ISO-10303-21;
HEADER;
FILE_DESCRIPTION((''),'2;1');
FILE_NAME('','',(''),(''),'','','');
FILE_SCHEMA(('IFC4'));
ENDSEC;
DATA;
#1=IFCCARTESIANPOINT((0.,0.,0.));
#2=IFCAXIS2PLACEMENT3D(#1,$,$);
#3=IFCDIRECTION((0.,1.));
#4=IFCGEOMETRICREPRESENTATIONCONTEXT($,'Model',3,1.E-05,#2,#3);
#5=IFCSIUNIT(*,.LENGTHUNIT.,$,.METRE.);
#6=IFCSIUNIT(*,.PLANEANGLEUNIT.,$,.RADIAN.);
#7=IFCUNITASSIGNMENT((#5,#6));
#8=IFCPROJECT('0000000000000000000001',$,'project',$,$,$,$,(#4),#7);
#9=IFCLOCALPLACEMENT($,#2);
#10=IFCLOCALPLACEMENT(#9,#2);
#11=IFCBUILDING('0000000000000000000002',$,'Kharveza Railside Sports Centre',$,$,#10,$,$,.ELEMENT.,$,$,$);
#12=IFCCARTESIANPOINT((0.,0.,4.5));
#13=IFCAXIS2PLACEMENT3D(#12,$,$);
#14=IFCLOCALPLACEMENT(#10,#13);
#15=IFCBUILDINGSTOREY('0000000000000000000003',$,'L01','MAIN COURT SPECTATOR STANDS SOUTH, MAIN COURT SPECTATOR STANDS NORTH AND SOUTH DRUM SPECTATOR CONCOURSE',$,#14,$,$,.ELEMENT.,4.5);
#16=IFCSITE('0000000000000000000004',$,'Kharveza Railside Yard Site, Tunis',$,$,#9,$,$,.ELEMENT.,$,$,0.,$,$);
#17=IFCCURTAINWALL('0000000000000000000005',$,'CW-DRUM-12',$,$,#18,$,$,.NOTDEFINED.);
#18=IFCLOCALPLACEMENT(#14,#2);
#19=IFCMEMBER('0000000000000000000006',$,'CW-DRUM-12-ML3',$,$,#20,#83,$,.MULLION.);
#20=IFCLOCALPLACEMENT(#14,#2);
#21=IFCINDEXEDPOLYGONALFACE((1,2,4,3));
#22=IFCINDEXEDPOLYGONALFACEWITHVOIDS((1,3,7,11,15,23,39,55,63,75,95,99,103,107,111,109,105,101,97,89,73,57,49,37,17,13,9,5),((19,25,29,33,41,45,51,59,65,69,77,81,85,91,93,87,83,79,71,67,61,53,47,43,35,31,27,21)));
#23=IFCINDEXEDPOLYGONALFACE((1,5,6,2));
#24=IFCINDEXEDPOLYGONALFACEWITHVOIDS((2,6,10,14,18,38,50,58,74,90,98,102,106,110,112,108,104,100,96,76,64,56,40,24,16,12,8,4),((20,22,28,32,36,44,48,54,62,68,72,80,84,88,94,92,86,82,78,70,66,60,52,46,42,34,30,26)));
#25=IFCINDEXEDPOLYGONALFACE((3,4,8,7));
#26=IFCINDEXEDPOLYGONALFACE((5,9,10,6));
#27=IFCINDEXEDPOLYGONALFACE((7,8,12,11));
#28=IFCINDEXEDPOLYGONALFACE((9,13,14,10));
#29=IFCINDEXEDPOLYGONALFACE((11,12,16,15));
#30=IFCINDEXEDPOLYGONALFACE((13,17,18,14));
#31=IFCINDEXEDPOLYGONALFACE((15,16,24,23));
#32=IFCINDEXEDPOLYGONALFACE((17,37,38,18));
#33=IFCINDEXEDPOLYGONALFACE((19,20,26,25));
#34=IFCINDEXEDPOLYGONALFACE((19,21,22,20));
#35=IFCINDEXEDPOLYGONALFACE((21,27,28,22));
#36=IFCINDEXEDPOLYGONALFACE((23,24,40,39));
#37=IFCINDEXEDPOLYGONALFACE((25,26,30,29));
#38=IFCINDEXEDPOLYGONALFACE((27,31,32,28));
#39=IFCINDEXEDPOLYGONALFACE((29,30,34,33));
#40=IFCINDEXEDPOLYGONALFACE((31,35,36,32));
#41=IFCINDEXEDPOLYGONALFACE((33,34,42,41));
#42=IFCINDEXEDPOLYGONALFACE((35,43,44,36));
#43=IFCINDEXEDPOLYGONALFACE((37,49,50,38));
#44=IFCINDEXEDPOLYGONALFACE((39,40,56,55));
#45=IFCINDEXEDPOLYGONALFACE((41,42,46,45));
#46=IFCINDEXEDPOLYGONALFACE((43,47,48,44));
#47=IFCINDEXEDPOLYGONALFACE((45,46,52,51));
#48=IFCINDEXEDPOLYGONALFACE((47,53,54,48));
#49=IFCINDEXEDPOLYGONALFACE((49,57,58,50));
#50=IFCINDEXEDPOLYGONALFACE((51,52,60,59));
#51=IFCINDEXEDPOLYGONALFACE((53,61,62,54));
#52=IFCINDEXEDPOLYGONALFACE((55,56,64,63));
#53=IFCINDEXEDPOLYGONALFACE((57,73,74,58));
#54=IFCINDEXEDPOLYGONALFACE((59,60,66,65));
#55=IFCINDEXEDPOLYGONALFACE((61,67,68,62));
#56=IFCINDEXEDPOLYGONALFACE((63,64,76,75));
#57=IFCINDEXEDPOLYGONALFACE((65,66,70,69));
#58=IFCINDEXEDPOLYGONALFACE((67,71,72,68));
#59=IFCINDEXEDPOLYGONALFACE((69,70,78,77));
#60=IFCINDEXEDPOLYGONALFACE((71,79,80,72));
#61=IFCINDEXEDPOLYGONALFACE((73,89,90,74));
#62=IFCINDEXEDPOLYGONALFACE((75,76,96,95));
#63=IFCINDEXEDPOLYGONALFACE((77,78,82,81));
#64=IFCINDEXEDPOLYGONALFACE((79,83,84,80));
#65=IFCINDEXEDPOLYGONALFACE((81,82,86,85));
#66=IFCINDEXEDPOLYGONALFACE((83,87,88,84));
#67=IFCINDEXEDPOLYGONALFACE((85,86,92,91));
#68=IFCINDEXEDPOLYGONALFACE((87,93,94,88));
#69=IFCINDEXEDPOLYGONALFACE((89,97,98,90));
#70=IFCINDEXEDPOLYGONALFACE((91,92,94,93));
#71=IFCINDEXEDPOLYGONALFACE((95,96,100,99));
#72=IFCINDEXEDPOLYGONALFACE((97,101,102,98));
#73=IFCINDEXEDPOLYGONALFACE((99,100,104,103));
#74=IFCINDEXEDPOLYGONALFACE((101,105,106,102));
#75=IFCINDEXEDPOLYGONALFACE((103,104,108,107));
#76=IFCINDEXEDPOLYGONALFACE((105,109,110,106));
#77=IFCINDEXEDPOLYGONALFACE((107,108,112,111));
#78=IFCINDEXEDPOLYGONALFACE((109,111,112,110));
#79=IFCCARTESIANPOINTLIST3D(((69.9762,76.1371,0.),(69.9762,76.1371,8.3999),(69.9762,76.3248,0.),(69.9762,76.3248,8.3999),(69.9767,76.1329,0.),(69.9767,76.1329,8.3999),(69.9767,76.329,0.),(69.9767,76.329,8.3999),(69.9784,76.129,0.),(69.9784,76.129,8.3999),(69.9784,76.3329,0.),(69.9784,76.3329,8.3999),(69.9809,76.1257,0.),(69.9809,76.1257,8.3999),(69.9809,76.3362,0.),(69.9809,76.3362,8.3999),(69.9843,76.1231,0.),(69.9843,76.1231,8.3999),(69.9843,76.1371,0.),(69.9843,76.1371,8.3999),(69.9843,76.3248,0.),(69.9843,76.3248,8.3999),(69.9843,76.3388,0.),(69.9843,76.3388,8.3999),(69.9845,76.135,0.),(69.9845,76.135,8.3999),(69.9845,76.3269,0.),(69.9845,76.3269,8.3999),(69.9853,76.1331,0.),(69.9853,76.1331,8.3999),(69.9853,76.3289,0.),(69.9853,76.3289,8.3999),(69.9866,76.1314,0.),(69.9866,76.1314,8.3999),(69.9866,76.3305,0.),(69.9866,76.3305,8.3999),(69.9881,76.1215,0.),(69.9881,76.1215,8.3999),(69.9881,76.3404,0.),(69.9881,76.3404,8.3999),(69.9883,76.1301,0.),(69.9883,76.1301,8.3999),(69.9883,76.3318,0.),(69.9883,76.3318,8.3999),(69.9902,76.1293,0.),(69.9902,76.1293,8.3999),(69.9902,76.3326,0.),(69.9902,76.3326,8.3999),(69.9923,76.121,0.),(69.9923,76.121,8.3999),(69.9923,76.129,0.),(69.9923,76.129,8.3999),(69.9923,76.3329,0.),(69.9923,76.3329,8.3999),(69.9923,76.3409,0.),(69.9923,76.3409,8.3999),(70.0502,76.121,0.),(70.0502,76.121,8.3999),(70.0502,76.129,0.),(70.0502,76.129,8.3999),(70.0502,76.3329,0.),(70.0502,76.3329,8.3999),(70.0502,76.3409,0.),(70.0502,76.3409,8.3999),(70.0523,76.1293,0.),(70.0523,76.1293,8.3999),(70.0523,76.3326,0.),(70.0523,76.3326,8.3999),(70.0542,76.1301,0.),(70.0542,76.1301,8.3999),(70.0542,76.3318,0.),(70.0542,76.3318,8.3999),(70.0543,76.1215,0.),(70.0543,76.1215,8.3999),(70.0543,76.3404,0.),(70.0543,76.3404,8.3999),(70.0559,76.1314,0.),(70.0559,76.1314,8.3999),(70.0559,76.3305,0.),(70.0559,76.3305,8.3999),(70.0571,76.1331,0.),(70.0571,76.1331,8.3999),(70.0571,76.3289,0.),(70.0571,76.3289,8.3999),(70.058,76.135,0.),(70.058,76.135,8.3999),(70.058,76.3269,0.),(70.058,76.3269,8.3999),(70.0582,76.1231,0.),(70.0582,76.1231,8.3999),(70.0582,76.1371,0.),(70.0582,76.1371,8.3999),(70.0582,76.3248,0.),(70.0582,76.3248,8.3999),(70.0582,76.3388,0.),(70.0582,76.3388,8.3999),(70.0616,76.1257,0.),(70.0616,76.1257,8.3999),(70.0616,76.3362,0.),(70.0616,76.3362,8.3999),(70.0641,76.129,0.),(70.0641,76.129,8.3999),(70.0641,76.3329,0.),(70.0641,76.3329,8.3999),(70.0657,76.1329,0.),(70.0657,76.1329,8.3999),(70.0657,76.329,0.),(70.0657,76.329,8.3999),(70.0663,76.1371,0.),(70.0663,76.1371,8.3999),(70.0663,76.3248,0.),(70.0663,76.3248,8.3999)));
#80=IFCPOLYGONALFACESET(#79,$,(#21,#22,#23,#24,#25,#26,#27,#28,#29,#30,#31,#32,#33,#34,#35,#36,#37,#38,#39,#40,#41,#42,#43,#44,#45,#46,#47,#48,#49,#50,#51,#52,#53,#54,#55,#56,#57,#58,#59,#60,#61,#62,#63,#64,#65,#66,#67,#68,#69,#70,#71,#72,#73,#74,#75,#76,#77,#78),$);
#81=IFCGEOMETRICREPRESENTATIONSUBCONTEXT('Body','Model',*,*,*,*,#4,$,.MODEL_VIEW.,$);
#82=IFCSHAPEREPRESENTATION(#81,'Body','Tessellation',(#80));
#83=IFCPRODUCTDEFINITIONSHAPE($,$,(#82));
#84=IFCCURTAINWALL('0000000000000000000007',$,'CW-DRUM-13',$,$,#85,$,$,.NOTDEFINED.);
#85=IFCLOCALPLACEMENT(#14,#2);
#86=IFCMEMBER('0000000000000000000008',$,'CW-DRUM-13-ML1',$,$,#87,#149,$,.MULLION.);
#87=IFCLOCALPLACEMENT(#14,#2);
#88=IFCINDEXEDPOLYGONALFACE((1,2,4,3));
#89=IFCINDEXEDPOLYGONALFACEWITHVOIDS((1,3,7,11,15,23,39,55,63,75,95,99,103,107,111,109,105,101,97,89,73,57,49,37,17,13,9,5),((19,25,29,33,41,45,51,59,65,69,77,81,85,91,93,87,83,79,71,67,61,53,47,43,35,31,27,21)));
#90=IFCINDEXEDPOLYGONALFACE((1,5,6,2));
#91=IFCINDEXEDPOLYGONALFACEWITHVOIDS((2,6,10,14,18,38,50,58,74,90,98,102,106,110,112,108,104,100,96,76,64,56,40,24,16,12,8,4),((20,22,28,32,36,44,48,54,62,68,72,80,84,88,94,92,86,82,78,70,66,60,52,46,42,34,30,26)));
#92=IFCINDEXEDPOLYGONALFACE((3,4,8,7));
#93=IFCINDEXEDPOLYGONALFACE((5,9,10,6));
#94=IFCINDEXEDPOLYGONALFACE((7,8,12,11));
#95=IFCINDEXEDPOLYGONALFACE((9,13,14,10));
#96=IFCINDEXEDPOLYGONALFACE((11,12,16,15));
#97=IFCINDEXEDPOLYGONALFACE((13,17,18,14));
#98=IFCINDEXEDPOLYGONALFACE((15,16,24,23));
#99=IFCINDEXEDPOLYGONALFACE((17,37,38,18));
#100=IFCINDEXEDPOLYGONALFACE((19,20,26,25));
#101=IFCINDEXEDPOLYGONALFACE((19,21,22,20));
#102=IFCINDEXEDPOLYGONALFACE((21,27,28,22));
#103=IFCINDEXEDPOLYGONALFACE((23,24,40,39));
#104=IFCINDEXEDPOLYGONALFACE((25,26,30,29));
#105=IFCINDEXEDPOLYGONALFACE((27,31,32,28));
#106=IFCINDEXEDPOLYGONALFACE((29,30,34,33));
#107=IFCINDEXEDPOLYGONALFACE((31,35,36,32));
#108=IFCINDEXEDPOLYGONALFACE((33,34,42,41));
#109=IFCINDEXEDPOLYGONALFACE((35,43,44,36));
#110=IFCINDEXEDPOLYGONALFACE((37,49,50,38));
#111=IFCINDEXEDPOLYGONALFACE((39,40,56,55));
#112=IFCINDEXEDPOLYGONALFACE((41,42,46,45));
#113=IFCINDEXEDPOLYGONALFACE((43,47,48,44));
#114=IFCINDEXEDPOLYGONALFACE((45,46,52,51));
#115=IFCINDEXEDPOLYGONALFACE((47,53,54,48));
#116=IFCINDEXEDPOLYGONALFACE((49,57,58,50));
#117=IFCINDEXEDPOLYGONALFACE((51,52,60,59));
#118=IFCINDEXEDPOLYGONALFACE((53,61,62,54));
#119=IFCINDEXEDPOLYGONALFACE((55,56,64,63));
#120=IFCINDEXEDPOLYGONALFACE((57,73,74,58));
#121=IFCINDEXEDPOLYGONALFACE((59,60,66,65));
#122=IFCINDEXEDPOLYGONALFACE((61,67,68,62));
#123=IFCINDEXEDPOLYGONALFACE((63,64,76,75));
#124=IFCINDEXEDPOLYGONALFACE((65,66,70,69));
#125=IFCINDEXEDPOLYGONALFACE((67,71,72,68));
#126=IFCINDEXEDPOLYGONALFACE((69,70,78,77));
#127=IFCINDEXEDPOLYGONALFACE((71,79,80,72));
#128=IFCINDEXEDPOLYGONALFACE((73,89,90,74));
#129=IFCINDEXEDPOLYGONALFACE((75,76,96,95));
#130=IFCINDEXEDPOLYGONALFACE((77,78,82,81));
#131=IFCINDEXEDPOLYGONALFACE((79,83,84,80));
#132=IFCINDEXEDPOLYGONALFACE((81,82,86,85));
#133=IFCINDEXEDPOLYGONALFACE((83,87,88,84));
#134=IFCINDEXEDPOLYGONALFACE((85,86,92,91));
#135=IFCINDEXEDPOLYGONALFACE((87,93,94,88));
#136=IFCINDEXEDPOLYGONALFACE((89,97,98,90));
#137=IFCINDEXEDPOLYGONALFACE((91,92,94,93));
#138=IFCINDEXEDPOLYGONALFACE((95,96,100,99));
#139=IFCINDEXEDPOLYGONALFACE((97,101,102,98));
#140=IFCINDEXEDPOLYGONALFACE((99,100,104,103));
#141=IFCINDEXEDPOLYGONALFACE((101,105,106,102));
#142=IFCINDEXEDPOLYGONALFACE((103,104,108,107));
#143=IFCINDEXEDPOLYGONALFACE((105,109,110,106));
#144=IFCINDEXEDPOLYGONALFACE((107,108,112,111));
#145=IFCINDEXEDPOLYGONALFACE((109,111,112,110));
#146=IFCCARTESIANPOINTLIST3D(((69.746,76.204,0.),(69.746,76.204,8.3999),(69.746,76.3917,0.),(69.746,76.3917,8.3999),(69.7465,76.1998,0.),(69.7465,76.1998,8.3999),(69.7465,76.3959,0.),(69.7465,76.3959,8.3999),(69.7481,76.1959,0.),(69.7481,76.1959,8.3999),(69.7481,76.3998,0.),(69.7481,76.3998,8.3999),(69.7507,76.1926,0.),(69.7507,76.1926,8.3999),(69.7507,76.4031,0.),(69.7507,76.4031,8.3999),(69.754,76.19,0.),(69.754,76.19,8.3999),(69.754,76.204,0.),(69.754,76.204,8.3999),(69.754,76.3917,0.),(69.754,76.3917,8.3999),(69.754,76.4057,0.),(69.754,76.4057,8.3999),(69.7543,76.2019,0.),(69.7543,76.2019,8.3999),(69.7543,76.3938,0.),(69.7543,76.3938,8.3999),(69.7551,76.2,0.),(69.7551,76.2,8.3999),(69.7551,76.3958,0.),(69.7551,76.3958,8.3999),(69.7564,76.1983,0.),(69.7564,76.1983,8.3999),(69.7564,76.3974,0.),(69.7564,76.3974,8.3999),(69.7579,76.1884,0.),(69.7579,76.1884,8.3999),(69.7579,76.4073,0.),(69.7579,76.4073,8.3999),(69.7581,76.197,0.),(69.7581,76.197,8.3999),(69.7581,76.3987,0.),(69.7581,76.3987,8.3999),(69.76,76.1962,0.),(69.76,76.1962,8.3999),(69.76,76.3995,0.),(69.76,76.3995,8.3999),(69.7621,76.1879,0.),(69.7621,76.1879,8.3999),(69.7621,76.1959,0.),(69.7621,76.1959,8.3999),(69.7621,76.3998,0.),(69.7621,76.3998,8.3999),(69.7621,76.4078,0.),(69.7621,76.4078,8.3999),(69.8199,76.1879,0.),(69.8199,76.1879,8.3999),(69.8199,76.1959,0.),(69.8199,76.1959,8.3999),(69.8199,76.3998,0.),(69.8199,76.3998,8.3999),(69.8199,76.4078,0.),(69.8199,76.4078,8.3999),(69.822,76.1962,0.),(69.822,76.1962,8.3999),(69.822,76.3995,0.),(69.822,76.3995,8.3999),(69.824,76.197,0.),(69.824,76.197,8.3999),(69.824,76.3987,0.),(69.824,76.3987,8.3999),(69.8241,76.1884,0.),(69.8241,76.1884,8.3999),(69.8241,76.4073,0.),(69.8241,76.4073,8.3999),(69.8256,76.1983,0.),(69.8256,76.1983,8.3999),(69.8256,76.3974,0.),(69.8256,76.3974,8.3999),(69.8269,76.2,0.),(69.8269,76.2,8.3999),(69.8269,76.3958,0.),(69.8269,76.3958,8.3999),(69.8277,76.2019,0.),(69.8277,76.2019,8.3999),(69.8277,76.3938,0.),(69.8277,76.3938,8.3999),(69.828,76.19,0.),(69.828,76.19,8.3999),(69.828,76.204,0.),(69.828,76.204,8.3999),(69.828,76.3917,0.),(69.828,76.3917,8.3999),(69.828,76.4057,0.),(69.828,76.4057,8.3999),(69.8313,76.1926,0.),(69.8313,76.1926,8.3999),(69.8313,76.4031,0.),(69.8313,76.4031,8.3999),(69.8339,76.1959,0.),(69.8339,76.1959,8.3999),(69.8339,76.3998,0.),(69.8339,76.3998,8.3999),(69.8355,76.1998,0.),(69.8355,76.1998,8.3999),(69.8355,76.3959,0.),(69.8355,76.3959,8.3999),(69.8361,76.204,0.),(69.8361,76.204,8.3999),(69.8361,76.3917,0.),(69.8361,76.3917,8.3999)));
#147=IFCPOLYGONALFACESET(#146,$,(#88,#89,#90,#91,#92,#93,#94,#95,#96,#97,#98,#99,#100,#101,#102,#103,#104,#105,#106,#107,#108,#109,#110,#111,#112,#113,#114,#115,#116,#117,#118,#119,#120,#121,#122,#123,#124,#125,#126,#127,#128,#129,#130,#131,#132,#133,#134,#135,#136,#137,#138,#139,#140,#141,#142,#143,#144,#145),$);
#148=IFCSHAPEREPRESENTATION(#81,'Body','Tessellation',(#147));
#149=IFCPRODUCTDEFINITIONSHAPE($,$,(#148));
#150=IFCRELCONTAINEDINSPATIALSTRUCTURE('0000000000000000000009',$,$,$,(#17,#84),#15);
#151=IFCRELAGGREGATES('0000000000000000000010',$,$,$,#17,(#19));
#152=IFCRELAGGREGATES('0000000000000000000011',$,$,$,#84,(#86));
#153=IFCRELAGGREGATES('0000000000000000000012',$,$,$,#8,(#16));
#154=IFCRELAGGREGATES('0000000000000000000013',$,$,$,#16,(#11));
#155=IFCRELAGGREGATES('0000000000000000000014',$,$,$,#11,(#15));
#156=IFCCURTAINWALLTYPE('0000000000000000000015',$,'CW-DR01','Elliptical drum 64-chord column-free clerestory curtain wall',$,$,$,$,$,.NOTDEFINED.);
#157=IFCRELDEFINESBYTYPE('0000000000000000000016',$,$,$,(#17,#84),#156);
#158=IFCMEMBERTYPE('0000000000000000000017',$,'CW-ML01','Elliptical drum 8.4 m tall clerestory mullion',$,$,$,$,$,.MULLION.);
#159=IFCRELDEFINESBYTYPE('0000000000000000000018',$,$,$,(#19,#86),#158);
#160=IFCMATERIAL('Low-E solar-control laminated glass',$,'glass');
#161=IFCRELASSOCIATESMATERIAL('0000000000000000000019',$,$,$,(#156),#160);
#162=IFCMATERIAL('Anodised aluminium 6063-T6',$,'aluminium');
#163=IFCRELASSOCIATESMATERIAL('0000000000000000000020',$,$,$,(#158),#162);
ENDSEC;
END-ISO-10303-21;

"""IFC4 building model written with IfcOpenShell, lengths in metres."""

from ifc_helpers import new_model, si_unit, direction, frame, origin, origin_2d, place, context, subcontext, project, spatial, hollow_rectangle, extrude, material, material_profile, profile_set, type_object, element, aggregate, save


model = new_model("IFC4")

# Units and contexts
model_context = context("Model", 3, precision=1e-05, world=origin(), true_north=direction((0.0, 1.0)))
body_context = subcontext(model_context, "Body", "Model", "MODEL_VIEW")
ifc_project = project(units=[si_unit("LENGTHUNIT", "METRE"), si_unit("PLANEANGLEUNIT", "RADIAN")], contexts=[model_context])

# Site, building, storey
site_placement = place(None, origin())
site = spatial("IfcSite", under=ifc_project, at=site_placement, Name="Kharveza Railside Yard Site, Tunis", CompositionType="ELEMENT", RefElevation=0.0)
building_placement = place(site_placement, origin())
building = spatial("IfcBuilding", under=site, at=building_placement, Name="Kharveza Railside Sports Centre", CompositionType="ELEMENT")
storey_placement = place(building_placement, frame((0.0, 0.0, 4.5)))
storey = spatial("IfcBuildingStorey", under=building, at=storey_placement, Name="L01", Description="MAIN COURT SPECTATOR STANDS SOUTH, MAIN COURT SPECTATOR STANDS NORTH AND SOUTH DRUM SPECTATOR CONCOURSE", CompositionType="ELEMENT", Elevation=4.5)

# Curtain wall, member
ifc_material_1 = material(Name="Low-E solar-control laminated glass", Category="glass")
curtain_wall_type = type_object("IfcCurtainWallType", Name="CW-DR01", Description="Elliptical drum 64-chord column-free clerestory curtain wall", PredefinedType="NOTDEFINED", material=ifc_material_1)
ifc_material_2 = material(Name="Anodised aluminium 6063-T6", Category="aluminium")
ifc_material_profile_1 = material_profile(ifc_material_2, hollow_rectangle(XDim=0.0901, YDim=0.22, WallThickness=0.0081, InnerFilletRadius=0.0081, OuterFilletRadius=0.0161, at=origin_2d()), Name="RHS 90x220x8.0")
ifc_profile_set_1 = profile_set([ifc_material_profile_1], Name="Anodised aluminium 6063-T6")
member_type_1 = type_object("IfcMemberType", Name="CW-ML01", Description="Elliptical drum 8.4 m tall clerestory mullion", PredefinedType="MULLION", material=ifc_profile_set_1)
curtain_wall_1_placement = place(storey_placement, origin())
curtain_wall_1 = element("IfcCurtainWall", 1, at=curtain_wall_1_placement, inside=storey, type_object=curtain_wall_type, Name="CW-DRUM-12", PredefinedType="NOTDEFINED")
member_1_placement = place(storey_placement, frame((70.0212, 76.231, 0.0), z_axis=(0.0, 0.0, 1.0), x_axis=(1.0, 0.0, 0.0)))
member_1 = element("IfcMember", 2, at=member_1_placement, type_object=member_type_1, Name="CW-DRUM-12-ML3", PredefinedType="MULLION", context=body_context, shape_type="SweptSolid", body=[
    extrude(hollow_rectangle(XDim=0.0901, YDim=0.22, WallThickness=0.0081, InnerFilletRadius=0.0081, OuterFilletRadius=0.0161, at=origin_2d()), origin(), (0.0, 0.0, 1.0), 8.3999),
])

# Curtain wall, member
curtain_wall_2_placement = place(storey_placement, origin())
curtain_wall_2 = element("IfcCurtainWall", 3, at=curtain_wall_2_placement, inside=storey, type_object=curtain_wall_type, Name="CW-DRUM-13", PredefinedType="NOTDEFINED")
member_2_placement = place(storey_placement, frame((69.791, 76.2979, 0.0), z_axis=(0.0, 0.0, 1.0), x_axis=(1.0, 0.0, 0.0)))
member_2 = element("IfcMember", 4, at=member_2_placement, type_object=member_type_1, Name="CW-DRUM-13-ML1", PredefinedType="MULLION", context=body_context, shape_type="SweptSolid", body=[
    extrude(hollow_rectangle(XDim=0.0901, YDim=0.22, WallThickness=0.0081, InnerFilletRadius=0.0081, OuterFilletRadius=0.0161, at=origin_2d()), origin(), (0.0, 0.0, 1.0), 8.3999),
])

aggregate(curtain_wall_1, [member_1])
aggregate(curtain_wall_2, [member_2])

save(model, "model.ifc")
